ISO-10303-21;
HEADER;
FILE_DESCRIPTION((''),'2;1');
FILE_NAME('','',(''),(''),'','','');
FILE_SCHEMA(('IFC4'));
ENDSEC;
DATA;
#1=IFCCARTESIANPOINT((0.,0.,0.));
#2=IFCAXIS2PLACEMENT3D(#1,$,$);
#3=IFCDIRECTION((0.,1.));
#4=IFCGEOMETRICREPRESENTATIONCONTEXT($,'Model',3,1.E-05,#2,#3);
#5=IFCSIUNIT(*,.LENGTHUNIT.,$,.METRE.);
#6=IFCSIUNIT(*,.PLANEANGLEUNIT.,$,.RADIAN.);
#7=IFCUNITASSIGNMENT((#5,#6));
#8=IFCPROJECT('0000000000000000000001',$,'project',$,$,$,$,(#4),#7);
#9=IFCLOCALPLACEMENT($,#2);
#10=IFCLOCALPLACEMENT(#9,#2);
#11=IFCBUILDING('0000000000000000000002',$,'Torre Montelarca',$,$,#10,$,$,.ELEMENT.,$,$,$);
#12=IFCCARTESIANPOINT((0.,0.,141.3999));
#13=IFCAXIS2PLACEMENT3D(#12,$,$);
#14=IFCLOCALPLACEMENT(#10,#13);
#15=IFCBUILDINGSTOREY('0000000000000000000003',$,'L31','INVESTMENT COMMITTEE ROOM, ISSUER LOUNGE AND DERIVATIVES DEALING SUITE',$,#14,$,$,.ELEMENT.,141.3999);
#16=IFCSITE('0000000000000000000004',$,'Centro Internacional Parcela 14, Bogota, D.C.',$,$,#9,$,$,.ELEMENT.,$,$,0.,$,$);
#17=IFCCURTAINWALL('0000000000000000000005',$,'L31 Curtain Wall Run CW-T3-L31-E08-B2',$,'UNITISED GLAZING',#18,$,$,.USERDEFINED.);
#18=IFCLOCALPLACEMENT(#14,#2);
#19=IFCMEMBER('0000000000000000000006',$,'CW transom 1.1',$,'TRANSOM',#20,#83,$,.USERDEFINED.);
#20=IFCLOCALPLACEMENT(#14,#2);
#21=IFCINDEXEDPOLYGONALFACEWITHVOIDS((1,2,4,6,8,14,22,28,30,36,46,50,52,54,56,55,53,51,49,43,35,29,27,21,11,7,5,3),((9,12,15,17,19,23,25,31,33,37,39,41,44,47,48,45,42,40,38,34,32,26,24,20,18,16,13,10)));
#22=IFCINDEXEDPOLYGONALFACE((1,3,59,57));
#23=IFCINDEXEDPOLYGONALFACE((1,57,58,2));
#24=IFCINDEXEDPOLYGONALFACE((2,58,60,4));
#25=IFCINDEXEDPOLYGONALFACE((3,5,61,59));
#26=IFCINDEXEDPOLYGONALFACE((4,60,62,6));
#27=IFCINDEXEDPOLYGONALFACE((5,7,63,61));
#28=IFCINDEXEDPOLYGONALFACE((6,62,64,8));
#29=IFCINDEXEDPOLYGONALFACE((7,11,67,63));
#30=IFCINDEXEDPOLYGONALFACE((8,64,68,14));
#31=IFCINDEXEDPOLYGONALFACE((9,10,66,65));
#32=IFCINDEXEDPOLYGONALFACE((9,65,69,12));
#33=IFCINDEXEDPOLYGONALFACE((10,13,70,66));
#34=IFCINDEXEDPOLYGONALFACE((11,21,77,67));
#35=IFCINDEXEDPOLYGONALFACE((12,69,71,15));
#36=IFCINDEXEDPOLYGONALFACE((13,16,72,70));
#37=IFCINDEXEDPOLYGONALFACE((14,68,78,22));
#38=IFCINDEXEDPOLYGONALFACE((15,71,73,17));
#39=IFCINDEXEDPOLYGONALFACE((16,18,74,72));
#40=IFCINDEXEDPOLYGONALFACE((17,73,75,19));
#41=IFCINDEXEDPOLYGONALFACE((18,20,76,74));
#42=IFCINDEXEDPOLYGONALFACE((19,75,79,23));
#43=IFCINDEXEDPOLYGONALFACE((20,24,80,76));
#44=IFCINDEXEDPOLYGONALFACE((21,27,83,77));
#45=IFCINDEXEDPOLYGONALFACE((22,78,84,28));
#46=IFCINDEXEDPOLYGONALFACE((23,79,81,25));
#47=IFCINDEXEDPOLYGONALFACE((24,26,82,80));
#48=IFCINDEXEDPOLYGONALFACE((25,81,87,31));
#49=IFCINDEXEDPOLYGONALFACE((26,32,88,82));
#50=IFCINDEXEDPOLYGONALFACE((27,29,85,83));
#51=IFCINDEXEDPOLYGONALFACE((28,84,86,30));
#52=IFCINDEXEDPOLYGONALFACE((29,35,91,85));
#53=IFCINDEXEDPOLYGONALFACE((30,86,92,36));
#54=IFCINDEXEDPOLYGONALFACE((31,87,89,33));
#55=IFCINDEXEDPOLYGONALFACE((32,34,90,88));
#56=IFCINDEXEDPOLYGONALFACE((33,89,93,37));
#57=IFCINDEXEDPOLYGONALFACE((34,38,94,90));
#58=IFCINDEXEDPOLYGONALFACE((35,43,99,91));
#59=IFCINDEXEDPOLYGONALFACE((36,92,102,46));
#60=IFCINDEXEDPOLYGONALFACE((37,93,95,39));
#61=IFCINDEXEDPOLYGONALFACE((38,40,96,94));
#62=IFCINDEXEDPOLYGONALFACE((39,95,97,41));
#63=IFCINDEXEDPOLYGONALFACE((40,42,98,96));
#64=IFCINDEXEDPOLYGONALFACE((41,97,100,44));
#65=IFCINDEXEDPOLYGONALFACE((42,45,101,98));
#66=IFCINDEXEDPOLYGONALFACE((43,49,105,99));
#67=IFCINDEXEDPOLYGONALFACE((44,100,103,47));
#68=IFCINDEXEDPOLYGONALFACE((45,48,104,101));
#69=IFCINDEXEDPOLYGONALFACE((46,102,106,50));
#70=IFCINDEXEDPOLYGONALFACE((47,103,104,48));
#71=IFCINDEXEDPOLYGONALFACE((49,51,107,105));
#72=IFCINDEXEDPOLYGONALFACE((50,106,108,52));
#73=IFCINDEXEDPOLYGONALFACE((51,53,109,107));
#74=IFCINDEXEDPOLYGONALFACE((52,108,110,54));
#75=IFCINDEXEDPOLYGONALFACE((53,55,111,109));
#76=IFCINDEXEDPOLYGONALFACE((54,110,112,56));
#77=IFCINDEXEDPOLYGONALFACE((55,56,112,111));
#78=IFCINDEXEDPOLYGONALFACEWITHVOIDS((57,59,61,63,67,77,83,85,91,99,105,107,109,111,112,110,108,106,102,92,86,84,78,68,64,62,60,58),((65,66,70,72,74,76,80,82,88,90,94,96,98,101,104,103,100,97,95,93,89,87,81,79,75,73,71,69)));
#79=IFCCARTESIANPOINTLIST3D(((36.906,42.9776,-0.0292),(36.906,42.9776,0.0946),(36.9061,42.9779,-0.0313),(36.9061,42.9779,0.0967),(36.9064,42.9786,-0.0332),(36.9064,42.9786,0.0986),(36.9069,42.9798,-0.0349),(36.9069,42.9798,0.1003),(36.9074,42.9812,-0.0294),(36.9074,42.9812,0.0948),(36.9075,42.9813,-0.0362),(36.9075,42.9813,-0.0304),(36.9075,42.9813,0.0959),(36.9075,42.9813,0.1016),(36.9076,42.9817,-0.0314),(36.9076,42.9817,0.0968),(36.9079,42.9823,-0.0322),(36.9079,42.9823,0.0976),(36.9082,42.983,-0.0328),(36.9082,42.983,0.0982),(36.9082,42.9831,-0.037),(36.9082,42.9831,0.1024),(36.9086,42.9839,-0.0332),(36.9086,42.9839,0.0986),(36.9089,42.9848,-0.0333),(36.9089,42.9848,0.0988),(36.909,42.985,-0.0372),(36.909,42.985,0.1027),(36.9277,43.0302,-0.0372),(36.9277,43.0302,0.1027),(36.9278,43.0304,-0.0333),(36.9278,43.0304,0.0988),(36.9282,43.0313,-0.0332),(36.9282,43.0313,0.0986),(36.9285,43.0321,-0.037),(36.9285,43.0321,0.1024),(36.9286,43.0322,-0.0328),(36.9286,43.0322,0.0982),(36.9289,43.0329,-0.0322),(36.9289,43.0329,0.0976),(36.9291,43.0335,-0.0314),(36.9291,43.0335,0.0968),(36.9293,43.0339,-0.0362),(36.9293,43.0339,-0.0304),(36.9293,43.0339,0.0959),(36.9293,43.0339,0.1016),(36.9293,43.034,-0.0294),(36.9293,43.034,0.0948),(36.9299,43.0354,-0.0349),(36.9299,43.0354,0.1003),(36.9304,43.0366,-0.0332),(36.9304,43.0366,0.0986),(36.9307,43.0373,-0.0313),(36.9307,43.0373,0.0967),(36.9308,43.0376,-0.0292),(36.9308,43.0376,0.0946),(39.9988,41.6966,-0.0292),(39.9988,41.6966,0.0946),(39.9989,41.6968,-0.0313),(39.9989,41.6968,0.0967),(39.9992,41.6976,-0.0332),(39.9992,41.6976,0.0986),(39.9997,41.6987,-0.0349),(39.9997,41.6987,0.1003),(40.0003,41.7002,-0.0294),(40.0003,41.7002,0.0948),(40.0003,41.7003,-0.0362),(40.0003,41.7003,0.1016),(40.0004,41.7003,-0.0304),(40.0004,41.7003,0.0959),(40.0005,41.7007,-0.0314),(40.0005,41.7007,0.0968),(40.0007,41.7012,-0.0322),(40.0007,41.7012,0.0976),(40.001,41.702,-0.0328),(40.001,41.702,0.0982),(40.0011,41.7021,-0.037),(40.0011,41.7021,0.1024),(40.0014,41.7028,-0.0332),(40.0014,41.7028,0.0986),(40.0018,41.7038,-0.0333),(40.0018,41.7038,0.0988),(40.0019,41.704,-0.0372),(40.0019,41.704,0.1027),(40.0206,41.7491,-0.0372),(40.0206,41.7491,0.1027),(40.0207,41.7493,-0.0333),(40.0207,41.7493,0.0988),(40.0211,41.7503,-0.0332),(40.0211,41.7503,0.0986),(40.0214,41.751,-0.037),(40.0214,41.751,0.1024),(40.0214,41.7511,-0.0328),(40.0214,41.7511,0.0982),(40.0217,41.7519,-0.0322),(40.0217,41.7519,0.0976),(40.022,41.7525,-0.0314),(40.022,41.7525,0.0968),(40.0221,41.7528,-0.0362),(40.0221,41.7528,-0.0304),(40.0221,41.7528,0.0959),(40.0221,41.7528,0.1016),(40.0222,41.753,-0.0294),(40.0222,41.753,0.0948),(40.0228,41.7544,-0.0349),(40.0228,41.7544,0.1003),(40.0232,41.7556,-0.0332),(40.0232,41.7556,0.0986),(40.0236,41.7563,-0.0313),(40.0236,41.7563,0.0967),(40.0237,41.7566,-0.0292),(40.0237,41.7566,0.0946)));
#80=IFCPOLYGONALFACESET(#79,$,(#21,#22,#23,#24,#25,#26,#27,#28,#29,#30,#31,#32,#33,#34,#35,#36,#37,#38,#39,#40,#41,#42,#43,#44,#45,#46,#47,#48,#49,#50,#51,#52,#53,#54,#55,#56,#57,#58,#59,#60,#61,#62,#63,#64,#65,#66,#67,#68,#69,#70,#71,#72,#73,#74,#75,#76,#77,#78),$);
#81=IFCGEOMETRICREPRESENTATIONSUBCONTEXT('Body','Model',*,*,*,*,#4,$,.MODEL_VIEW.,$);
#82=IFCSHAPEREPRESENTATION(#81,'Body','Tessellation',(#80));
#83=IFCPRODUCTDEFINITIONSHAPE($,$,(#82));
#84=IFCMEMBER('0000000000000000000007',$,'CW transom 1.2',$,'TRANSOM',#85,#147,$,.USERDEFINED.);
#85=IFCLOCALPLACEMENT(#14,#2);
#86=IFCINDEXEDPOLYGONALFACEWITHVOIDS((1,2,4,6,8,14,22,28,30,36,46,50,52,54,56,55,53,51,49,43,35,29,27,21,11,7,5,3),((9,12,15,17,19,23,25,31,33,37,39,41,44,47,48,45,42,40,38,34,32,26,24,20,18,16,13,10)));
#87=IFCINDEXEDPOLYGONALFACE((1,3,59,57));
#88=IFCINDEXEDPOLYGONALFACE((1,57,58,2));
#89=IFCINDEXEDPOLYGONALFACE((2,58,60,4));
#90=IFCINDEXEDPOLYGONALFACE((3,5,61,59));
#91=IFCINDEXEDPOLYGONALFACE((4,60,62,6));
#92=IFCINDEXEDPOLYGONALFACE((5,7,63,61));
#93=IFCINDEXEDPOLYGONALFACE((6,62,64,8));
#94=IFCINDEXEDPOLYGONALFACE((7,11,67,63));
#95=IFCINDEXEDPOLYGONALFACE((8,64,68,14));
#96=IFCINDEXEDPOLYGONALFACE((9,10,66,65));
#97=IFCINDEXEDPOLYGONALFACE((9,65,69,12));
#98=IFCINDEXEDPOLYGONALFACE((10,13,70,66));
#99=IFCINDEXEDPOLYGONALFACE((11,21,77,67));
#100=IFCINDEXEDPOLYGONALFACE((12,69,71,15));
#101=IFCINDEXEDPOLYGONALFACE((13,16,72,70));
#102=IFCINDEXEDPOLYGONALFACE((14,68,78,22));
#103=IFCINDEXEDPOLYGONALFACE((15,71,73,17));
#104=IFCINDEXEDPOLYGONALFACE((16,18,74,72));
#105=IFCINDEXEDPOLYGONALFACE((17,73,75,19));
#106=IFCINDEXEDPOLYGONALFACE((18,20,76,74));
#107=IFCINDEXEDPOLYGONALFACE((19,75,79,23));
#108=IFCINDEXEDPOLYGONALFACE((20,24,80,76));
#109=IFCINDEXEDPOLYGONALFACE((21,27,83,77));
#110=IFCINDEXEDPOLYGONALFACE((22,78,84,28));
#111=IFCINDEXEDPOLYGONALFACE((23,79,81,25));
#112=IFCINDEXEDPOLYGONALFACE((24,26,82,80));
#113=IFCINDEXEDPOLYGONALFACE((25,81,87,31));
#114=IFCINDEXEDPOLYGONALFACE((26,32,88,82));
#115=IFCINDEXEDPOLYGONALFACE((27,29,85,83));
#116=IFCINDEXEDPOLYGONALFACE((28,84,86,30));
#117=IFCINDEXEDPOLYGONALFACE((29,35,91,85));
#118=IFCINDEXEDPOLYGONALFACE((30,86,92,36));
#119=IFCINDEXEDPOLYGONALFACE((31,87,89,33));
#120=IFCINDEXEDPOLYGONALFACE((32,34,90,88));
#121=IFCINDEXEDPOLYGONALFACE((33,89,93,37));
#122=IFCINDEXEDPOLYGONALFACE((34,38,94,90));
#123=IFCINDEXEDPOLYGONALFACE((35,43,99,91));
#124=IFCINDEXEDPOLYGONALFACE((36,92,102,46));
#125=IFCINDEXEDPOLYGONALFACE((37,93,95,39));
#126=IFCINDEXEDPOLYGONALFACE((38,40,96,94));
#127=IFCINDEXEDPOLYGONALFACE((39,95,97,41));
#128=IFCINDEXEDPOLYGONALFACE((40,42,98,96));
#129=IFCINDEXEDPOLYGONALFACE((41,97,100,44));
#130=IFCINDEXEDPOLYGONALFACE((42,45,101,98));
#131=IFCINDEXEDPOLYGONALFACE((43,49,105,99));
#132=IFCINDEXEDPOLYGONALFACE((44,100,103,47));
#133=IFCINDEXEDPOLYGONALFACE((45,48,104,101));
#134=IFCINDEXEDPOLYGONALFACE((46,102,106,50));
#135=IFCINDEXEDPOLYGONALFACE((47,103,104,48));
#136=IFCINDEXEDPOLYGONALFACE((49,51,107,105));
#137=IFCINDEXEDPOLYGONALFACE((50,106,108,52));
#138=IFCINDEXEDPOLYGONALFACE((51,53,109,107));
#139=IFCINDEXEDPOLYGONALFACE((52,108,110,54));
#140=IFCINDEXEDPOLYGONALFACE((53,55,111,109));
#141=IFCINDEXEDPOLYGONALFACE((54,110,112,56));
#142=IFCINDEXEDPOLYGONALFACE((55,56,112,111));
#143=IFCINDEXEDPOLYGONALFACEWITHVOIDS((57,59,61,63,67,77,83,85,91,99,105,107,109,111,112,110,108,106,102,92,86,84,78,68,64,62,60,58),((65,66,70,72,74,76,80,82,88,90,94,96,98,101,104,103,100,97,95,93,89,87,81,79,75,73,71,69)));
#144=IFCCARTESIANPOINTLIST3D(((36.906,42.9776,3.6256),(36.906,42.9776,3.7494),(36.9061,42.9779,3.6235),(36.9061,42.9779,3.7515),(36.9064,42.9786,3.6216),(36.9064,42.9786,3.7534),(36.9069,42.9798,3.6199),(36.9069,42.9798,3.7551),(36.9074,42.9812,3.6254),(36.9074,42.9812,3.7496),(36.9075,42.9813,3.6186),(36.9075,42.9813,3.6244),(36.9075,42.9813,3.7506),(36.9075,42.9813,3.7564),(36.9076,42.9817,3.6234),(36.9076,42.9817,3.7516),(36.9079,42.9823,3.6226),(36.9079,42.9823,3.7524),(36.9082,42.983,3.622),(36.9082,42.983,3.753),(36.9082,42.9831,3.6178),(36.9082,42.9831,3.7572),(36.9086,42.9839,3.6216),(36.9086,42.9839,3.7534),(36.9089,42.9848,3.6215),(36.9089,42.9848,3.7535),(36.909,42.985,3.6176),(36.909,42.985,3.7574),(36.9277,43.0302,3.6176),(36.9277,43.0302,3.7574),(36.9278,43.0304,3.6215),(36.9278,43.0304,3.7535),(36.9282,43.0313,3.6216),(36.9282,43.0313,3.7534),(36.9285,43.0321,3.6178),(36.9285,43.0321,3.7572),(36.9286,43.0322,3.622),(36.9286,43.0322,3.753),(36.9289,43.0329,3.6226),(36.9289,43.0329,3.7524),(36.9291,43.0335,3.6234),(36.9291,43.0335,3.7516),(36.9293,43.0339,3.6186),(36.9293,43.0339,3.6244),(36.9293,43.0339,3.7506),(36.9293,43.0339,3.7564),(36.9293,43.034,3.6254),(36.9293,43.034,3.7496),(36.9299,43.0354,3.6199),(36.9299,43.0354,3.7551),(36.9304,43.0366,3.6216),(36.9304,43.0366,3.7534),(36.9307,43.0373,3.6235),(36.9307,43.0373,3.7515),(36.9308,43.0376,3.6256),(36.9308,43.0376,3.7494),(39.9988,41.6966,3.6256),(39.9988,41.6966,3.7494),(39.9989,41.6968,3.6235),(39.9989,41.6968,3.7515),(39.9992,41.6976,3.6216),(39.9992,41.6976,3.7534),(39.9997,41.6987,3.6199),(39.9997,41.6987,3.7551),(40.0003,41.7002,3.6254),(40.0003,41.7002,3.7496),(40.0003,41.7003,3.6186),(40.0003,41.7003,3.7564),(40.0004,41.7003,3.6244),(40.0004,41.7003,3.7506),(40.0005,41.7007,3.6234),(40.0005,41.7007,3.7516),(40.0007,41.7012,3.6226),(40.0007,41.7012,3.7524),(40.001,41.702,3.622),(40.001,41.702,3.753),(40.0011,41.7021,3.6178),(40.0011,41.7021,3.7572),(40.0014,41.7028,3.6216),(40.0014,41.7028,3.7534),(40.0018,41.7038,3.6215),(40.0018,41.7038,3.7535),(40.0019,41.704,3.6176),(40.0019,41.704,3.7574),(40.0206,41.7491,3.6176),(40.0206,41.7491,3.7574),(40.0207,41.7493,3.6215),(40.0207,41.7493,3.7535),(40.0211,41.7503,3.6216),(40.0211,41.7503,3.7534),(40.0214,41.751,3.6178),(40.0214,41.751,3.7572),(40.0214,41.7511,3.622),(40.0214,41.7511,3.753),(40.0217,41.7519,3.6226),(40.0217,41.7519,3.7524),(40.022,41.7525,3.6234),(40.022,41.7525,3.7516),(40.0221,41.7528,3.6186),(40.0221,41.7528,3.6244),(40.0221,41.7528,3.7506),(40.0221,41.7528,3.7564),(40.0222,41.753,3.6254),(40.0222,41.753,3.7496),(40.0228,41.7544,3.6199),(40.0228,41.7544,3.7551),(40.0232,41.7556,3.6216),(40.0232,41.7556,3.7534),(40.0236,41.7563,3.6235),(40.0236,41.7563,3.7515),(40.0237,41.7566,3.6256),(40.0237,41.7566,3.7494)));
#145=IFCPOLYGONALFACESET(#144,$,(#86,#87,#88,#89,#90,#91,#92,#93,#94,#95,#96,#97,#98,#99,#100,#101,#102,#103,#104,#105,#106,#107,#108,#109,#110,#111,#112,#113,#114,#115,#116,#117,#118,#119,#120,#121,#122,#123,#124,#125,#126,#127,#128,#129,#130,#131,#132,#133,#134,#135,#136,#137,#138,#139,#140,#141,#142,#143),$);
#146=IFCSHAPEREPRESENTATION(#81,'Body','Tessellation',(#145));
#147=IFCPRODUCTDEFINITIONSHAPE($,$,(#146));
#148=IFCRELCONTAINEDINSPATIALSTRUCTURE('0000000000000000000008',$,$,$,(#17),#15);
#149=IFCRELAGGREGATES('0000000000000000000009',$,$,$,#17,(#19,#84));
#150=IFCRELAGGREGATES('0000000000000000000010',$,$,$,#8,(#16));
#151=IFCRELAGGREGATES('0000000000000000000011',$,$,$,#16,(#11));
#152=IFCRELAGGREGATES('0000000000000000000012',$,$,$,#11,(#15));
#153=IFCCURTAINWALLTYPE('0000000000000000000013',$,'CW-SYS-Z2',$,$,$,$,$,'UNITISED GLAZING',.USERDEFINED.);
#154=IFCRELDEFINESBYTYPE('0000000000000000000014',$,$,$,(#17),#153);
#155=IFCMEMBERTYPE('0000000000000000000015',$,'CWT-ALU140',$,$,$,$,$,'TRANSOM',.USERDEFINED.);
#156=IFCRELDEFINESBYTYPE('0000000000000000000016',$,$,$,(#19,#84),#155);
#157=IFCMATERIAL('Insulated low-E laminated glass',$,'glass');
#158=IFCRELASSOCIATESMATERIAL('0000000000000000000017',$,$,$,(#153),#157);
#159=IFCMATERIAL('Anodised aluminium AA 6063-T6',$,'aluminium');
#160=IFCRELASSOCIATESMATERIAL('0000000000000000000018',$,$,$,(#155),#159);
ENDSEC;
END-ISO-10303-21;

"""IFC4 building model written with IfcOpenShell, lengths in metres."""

from ifc_helpers import new_model, si_unit, direction, frame, origin, origin_2d, place, context, subcontext, project, spatial, hollow_rectangle, extrude, source, transform, mapped, material, material_profile, profile_set, type_object, element, aggregate, save


model = new_model("IFC4")

# Units and contexts
model_context = context("Model", 3, precision=1e-05, world=origin(), true_north=direction((0.0, 1.0)))
body_context = subcontext(model_context, "Body", "Model", "MODEL_VIEW")
ifc_project = project(units=[si_unit("LENGTHUNIT", "METRE"), si_unit("PLANEANGLEUNIT", "RADIAN")], contexts=[model_context])

# Site, building, storey
site_placement = place(None, origin())
site = spatial("IfcSite", under=ifc_project, at=site_placement, Name="Centro Internacional Parcela 14, Bogota, D.C.", CompositionType="ELEMENT", RefElevation=0.0)
building_placement = place(site_placement, origin())
building = spatial("IfcBuilding", under=site, at=building_placement, Name="Torre Montelarca", CompositionType="ELEMENT")
storey_placement = place(building_placement, frame((0.0, 0.0, 141.3999)))
storey = spatial("IfcBuildingStorey", under=building, at=storey_placement, Name="L31", Description="INVESTMENT COMMITTEE ROOM, ISSUER LOUNGE AND DERIVATIVES DEALING SUITE", CompositionType="ELEMENT", Elevation=141.3999)

# Shared definitions
ifc_material_1 = material(Name="Insulated low-E laminated glass", Category="glass")
curtain_wall_type = type_object("IfcCurtainWallType", Name="CW-SYS-Z2", ElementType="UNITISED GLAZING", PredefinedType="USERDEFINED", material=ifc_material_1)
ifc_material_2 = material(Name="Anodised aluminium AA 6063-T6", Category="aluminium")
ifc_material_profile_1 = material_profile(ifc_material_2, hollow_rectangle(XDim=0.0649, YDim=0.1399, WallThickness=0.0039, InnerFilletRadius=0.0039, OuterFilletRadius=0.0081, at=origin_2d()), Name="ALU65X140X4", Category="aluminium")
ifc_profile_set_1 = profile_set([ifc_material_profile_1], Name="Anodised aluminium AA 6063-T6")
member_type_1 = type_object("IfcMemberType", Name="CWT-ALU140", ElementType="TRANSOM", PredefinedType="USERDEFINED", material=ifc_profile_set_1)

# Curtain wall, members
curtain_wall_1_placement = place(storey_placement, origin())
curtain_wall_1 = element("IfcCurtainWall", 1, at=curtain_wall_1_placement, inside=storey, type_object=curtain_wall_type, Name="L31 Curtain Wall Run CW-T3-L31-E08-B2", ObjectType="UNITISED GLAZING", PredefinedType="USERDEFINED")
shared_shape_1 = source(origin(), body_context, "Body", "SweptSolid", [
    extrude(hollow_rectangle(XDim=0.0649, YDim=0.1399, WallThickness=0.0039, InnerFilletRadius=0.0039, OuterFilletRadius=0.0081, at=origin_2d()), origin(), (0.0, 0.0, 1.0), 3.3477),
])
member_1_placement = place(storey_placement, frame((40.0112, 41.7266, 0.0327), z_axis=(-0.923886, 0.382667, 0.0), x_axis=(-0.382667, -0.923886, 0.0)))
member_1 = element("IfcMember", 2, at=member_1_placement, type_object=member_type_1, Name="CW transom 1.1", ObjectType="TRANSOM", PredefinedType="USERDEFINED", context=body_context, shape_type="MappedRepresentation", body=[
    mapped(shared_shape_1, transform((0.0, 0.0, 0.0), scale=1.0)),
])
member_2_placement = place(storey_placement, frame((40.0112, 41.7266, 3.6875), z_axis=(-0.923886, 0.382667, 0.0), x_axis=(-0.382667, -0.923886, 0.0)))
member_2 = element("IfcMember", 3, at=member_2_placement, type_object=member_type_1, Name="CW transom 1.2", ObjectType="TRANSOM", PredefinedType="USERDEFINED", context=body_context, shape_type="MappedRepresentation", body=[
    mapped(shared_shape_1, transform((0.0, 0.0, 0.0), scale=1.0)),
])

aggregate(curtain_wall_1, [member_1, member_2])

save(model, "model.ifc")
